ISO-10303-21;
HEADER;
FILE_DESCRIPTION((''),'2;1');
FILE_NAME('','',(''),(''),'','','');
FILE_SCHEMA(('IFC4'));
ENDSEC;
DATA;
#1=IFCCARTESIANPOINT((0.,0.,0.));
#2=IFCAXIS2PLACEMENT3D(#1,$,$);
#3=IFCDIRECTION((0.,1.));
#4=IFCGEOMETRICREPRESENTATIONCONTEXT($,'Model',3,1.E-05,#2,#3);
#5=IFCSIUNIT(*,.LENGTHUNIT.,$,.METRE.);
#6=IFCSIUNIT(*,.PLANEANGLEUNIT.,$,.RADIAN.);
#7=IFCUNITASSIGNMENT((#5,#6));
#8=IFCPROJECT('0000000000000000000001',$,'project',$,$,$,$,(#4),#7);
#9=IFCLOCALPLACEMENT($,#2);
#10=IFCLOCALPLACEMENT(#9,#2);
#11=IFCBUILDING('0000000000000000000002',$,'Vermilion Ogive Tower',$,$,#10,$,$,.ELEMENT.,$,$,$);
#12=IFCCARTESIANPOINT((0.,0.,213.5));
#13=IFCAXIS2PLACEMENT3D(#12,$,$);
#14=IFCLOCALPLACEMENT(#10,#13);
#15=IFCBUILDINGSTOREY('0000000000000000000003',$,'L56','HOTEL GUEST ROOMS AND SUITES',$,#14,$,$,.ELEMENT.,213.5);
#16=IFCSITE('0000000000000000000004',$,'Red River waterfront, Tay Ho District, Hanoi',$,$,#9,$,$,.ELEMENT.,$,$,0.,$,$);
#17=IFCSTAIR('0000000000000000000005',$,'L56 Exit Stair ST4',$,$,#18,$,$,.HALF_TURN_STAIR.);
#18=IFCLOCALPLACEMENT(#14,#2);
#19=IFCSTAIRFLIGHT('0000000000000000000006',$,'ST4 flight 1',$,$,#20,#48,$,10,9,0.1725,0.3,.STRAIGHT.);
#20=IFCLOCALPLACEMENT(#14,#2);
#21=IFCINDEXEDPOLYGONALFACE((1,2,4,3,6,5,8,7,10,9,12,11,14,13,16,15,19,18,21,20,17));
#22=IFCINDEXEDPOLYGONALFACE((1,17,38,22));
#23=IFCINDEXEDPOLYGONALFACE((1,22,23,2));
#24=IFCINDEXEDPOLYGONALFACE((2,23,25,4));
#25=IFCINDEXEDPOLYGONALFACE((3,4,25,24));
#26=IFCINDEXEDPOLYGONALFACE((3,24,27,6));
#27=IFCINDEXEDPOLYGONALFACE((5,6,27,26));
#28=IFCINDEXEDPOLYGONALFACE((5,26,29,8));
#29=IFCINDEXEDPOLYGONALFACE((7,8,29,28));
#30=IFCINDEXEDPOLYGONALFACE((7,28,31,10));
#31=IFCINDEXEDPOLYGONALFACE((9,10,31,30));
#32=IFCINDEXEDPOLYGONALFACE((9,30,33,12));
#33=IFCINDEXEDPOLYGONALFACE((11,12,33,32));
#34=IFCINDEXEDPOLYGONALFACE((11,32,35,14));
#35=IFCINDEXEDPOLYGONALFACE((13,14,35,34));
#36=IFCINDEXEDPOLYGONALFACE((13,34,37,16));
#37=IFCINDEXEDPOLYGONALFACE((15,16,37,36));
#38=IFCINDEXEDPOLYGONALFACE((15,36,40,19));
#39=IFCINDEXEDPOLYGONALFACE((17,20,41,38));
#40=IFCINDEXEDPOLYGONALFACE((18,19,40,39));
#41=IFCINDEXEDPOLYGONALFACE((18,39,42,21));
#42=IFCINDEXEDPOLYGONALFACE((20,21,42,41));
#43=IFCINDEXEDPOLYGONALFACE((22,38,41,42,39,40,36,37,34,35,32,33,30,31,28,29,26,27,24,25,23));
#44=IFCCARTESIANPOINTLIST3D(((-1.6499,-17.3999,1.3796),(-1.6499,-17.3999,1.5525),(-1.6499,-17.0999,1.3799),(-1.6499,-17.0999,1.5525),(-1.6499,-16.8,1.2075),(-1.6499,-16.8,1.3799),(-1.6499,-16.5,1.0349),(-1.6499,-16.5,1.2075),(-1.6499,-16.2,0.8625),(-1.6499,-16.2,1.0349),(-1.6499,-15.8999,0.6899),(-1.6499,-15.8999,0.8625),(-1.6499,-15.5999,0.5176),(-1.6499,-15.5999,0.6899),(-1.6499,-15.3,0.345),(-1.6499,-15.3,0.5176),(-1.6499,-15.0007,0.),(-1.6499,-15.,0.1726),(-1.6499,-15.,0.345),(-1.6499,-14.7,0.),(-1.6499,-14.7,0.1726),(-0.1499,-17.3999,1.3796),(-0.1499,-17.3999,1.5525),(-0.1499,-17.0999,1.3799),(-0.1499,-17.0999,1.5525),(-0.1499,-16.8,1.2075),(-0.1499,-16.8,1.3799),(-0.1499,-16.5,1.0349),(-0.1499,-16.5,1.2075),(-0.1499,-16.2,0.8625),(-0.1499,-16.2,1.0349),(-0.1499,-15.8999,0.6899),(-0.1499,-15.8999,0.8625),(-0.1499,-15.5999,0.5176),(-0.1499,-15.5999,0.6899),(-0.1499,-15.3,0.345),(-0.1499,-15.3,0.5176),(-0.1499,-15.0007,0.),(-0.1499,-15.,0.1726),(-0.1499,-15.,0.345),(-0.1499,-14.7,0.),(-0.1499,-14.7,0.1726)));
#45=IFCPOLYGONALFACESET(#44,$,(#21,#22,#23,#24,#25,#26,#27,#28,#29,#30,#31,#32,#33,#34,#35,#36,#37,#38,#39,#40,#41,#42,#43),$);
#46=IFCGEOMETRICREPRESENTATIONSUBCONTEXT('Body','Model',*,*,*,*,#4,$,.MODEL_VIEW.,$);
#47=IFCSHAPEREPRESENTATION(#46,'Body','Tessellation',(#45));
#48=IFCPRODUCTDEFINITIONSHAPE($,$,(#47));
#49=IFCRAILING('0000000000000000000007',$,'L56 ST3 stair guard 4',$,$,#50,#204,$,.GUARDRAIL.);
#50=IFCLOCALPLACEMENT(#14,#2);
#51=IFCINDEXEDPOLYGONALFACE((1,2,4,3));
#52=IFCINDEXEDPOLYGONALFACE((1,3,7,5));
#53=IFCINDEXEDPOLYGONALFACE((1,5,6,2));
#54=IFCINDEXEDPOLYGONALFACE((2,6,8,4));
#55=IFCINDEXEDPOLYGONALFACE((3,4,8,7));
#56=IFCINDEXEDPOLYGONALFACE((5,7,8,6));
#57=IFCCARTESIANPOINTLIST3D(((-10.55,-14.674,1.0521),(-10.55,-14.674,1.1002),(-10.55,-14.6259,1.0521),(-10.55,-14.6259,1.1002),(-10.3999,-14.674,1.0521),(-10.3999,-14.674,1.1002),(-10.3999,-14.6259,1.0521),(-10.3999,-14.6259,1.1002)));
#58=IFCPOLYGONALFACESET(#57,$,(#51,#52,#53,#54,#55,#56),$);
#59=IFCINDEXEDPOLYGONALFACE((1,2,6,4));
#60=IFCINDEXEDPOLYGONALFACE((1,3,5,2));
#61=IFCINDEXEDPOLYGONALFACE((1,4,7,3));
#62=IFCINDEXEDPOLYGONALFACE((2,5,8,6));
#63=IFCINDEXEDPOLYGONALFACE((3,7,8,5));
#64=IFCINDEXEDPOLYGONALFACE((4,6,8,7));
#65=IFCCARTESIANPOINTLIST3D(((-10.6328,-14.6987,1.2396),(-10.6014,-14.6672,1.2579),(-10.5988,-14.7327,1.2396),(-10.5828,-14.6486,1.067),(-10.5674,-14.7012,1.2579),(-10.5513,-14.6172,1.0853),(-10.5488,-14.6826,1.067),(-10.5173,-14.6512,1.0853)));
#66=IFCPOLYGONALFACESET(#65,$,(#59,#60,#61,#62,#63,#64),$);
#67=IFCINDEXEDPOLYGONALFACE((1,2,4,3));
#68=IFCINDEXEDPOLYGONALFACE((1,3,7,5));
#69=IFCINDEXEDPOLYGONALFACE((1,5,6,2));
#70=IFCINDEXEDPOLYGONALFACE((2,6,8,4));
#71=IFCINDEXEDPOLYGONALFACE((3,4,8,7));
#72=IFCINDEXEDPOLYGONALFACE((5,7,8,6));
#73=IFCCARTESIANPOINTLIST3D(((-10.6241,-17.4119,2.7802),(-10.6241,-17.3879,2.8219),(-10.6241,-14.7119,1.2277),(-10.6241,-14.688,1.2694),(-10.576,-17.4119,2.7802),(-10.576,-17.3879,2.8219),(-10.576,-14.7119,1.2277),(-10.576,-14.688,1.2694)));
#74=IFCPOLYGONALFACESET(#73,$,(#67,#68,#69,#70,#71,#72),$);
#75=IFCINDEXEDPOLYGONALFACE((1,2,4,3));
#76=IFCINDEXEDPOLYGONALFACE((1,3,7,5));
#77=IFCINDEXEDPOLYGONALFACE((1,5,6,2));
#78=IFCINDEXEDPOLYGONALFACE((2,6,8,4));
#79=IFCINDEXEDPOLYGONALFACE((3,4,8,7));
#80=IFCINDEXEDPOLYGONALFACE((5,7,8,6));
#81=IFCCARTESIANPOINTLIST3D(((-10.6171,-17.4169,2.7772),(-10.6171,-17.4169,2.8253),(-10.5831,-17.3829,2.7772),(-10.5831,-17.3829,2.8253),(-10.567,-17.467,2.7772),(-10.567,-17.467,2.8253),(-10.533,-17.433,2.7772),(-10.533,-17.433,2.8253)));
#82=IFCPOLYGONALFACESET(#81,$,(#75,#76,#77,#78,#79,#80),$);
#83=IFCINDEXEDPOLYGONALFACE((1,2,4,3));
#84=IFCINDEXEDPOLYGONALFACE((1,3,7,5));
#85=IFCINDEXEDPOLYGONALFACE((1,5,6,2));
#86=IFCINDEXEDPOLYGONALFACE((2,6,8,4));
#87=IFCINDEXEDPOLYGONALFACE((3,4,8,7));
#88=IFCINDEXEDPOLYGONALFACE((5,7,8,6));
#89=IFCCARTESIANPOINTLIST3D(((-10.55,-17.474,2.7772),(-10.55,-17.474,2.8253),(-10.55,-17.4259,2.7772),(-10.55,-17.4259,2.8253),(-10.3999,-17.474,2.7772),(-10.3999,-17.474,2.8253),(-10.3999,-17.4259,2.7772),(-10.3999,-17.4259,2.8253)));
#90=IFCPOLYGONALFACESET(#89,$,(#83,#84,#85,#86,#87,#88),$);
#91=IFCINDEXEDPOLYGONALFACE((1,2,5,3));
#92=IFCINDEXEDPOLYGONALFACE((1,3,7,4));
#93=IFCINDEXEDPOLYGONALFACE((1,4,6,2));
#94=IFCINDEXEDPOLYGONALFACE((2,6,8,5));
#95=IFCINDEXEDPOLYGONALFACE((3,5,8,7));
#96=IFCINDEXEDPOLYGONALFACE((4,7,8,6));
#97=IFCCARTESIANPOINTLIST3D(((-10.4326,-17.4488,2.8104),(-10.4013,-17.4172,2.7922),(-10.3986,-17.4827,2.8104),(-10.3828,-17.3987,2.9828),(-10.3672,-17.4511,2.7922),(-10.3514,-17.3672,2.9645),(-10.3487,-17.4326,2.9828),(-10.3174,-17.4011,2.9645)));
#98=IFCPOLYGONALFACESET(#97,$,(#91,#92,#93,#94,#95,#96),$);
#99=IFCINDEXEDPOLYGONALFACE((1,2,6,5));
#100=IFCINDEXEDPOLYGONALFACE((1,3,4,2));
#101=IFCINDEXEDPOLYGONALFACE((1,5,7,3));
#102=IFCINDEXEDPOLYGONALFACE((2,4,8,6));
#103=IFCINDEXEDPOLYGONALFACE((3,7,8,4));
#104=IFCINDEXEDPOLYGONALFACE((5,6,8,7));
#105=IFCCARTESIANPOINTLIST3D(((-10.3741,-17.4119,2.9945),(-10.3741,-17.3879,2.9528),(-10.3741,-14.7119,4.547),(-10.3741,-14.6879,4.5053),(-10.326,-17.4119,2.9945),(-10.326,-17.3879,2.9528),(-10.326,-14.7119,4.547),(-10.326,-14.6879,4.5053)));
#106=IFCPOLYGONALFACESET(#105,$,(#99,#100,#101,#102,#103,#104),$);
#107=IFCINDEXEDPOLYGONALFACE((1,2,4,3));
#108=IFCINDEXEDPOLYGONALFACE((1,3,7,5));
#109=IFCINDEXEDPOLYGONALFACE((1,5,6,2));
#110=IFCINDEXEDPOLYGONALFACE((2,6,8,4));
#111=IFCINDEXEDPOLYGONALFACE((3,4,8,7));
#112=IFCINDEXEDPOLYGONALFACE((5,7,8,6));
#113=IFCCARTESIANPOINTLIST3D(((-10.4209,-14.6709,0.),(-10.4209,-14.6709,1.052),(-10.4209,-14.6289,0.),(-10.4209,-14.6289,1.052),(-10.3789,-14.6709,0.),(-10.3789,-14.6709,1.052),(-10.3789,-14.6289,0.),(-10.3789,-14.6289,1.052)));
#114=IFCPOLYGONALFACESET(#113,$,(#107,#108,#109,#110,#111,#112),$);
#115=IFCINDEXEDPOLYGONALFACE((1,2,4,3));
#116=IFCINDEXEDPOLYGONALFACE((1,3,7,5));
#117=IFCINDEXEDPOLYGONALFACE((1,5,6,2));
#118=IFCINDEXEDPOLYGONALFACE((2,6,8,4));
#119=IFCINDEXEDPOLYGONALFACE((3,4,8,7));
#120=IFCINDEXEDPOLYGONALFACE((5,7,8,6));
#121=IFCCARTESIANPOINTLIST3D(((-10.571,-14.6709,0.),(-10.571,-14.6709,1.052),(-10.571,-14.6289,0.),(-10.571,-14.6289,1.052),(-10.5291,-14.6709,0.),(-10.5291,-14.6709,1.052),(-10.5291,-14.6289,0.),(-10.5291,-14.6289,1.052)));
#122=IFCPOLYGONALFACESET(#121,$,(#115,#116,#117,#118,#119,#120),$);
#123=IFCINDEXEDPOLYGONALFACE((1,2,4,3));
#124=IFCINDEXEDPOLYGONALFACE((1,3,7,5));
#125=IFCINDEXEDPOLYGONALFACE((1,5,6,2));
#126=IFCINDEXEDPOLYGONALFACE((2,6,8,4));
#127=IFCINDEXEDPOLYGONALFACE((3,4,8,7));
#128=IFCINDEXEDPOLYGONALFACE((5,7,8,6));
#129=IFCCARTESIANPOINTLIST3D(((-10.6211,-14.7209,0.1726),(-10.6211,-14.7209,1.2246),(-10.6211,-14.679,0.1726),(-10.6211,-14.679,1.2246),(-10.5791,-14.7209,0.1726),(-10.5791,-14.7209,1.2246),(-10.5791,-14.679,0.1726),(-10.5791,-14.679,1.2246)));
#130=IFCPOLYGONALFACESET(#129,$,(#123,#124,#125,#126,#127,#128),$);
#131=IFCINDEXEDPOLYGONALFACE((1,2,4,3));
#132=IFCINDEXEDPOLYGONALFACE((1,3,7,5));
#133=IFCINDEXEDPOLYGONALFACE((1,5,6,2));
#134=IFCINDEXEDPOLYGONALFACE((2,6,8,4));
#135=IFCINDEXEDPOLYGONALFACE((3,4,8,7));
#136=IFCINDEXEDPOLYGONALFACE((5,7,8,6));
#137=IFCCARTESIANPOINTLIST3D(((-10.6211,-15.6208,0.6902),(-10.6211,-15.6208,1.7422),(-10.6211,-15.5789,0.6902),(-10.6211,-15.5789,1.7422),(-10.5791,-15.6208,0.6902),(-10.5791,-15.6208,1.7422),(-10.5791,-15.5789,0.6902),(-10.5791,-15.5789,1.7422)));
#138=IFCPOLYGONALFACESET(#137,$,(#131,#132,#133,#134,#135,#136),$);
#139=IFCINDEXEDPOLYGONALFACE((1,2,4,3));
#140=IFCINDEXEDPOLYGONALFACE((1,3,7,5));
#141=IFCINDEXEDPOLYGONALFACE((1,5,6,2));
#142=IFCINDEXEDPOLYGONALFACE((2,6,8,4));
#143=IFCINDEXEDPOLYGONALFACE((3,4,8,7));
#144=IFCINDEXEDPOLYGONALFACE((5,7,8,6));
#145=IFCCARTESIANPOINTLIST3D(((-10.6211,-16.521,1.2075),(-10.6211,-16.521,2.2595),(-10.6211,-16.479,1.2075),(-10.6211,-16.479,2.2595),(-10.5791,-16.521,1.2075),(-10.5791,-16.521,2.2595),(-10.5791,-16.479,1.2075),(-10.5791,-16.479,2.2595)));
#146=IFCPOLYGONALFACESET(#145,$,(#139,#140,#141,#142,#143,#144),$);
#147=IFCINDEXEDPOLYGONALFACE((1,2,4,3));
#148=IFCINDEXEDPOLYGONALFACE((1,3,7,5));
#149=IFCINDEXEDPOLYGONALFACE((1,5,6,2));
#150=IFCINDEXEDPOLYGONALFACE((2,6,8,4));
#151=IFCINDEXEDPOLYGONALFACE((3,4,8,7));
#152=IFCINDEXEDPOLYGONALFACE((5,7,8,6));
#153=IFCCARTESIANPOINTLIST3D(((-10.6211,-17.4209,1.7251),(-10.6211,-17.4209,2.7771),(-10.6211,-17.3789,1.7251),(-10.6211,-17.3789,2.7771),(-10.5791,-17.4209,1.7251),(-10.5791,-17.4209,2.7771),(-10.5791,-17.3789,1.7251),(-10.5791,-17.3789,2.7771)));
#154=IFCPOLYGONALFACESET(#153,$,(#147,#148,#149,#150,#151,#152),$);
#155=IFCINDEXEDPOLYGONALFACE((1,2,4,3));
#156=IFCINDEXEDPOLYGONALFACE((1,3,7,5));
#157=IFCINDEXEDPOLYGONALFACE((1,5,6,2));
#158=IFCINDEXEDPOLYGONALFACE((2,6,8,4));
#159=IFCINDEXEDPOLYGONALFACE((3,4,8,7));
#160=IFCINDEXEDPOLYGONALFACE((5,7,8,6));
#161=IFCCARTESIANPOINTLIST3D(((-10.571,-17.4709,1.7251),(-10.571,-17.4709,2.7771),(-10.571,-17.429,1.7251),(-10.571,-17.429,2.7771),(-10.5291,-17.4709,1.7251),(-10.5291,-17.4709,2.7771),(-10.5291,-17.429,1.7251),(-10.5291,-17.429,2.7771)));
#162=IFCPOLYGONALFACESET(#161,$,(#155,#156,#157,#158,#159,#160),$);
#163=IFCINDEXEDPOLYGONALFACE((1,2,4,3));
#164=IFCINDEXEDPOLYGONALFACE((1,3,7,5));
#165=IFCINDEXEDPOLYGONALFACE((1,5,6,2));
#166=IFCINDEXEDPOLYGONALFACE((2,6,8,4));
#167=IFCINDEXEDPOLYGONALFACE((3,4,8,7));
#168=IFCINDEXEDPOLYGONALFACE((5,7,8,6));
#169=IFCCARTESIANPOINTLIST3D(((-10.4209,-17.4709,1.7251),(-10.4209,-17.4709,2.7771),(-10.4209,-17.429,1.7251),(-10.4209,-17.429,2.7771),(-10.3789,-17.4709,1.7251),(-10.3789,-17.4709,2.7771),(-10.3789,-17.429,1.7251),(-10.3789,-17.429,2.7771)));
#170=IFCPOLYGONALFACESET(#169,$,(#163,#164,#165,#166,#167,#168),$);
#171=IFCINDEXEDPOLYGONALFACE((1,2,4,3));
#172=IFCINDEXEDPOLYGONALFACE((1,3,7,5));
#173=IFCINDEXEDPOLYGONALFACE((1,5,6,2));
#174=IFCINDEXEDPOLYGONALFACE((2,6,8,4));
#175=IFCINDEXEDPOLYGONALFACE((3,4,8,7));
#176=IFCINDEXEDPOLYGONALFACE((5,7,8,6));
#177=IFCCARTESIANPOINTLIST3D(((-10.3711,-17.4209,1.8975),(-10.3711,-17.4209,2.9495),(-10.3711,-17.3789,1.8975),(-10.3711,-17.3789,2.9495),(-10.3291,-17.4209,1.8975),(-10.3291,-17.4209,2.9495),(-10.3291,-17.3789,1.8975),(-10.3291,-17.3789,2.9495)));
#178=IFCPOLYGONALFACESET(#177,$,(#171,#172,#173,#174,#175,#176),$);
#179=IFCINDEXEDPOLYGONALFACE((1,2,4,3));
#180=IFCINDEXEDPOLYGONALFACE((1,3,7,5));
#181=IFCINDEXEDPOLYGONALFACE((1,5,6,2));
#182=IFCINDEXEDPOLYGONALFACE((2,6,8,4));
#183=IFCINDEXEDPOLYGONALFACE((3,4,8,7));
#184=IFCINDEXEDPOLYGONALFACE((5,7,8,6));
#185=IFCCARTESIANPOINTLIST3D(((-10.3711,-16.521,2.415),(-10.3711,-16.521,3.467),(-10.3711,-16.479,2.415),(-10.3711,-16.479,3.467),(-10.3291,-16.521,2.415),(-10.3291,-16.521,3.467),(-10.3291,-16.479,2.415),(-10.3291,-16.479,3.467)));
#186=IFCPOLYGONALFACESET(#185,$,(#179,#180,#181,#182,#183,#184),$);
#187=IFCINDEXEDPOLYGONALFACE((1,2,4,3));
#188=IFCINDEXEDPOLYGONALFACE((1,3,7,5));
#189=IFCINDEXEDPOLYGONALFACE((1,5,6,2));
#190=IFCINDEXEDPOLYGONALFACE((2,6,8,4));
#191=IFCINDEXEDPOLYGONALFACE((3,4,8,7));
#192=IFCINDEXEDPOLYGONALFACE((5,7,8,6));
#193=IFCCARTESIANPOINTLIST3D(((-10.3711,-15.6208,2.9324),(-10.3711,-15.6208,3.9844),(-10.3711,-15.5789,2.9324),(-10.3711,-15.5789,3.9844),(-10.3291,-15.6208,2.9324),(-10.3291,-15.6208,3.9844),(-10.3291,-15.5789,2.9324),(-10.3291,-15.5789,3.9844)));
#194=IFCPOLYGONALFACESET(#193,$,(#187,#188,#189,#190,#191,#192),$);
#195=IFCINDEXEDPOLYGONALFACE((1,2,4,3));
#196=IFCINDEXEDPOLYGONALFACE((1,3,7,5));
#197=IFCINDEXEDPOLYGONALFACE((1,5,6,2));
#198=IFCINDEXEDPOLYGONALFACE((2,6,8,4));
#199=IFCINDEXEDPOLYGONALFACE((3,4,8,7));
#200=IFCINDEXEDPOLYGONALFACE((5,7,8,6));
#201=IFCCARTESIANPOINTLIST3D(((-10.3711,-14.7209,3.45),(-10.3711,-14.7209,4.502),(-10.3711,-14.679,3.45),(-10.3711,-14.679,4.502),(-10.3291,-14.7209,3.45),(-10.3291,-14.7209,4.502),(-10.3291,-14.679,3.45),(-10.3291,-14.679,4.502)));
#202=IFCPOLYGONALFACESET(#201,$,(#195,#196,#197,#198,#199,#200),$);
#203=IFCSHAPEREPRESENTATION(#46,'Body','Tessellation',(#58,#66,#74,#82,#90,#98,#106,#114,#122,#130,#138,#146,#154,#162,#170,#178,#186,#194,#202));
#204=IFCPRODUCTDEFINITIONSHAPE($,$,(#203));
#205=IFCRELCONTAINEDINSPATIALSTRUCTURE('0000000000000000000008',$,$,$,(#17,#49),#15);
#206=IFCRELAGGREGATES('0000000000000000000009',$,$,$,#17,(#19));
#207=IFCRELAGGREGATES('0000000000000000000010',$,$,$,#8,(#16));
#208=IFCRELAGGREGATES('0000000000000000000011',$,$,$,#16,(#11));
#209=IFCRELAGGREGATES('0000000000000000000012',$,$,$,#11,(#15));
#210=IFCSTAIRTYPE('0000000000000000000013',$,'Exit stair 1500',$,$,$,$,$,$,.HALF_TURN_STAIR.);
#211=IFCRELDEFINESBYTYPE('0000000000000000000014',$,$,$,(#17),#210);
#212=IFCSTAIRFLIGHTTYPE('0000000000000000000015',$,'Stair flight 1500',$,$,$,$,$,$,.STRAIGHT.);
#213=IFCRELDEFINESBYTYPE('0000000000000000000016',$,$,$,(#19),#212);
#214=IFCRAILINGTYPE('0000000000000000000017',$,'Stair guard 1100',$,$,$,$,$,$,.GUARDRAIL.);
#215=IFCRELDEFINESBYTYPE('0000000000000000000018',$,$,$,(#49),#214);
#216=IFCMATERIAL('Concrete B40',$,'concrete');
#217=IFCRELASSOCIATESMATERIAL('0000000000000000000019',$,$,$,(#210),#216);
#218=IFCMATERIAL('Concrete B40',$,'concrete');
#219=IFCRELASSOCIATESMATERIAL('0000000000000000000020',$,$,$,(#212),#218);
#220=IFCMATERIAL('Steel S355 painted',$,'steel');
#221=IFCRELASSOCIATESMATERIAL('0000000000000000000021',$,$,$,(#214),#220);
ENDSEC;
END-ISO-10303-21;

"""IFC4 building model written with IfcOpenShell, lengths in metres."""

from ifc_helpers import new_model, si_unit, direction, frame, origin, origin_2d, place, context, subcontext, project, spatial, polyline, rectangle, outline, extrude, material, type_object, element, aggregate, save


model = new_model("IFC4")

# Units and contexts
model_context = context("Model", 3, precision=1e-05, world=origin(), true_north=direction((0.0, 1.0)))
body_context = subcontext(model_context, "Body", "Model", "MODEL_VIEW")
ifc_project = project(units=[si_unit("LENGTHUNIT", "METRE"), si_unit("PLANEANGLEUNIT", "RADIAN")], contexts=[model_context])

# Site, building, storey
site_placement = place(None, origin())
site = spatial("IfcSite", under=ifc_project, at=site_placement, Name="Red River waterfront, Tay Ho District, Hanoi", CompositionType="ELEMENT", RefElevation=0.0)
building_placement = place(site_placement, origin())
building = spatial("IfcBuilding", under=site, at=building_placement, Name="Vermilion Ogive Tower", CompositionType="ELEMENT")
storey_placement = place(building_placement, frame((0.0, 0.0, 213.5)))
storey = spatial("IfcBuildingStorey", under=building, at=storey_placement, Name="L56", Description="HOTEL GUEST ROOMS AND SUITES", CompositionType="ELEMENT", Elevation=213.5)

# Shared definitions
ifc_material_1 = material(Name="Concrete B40", Category="concrete")
stair_type = type_object("IfcStairType", Name="Exit stair 1500", PredefinedType="HALF_TURN_STAIR", material=ifc_material_1)
ifc_material_2 = material(Name="Concrete B40", Category="concrete")
stair_flight_type = type_object("IfcStairFlightType", Name="Stair flight 1500", PredefinedType="STRAIGHT", material=ifc_material_2)

# Stair, stair flight
stair_1_placement = place(storey_placement, origin())
stair_1 = element("IfcStair", 1, at=stair_1_placement, inside=storey, type_object=stair_type, Name="L56 Exit Stair ST4", PredefinedType="HALF_TURN_STAIR")
stair_flight_1_placement = place(storey_placement, frame((-0.8999, -14.7, 0.0), z_axis=(0.0, 0.0, 1.0), x_axis=(0.0, -1.0, 0.0)))
stair_flight_1 = element("IfcStairFlight", 2, at=stair_flight_1_placement, type_object=stair_flight_type, Name="ST4 flight 1", NumberOfRisers=10, NumberOfTreads=9, PredefinedType="STRAIGHT", RiserHeight=0.1725, TreadLength=0.3, context=body_context, shape_type="SweptSolid", body=[
    extrude(outline(polyline([(0.0, 0.0), (0.0, 0.1726), (0.3, 0.1726), (0.3, 0.345), (0.6001, 0.345), (0.6001, 0.5176), (0.8999, 0.5176), (0.8999, 0.6899), (1.2, 0.6899), (1.2, 0.8625), (1.5, 0.8625), (1.5, 1.0349), (1.8, 1.0349), (1.8, 1.2075), (2.1001, 1.2075), (2.1001, 1.3799), (2.3999, 1.3799), (2.3999, 1.5525), (2.7, 1.5525), (2.7, 1.7251), (2.7, 1.3796), (0.3008, 0.0), (0.0, 0.0)])), frame((0.0, 0.75, 0.0), z_axis=(0.0, -1.0, 0.0), x_axis=(1.0, 0.0, 0.0)), (0.0, 0.0, 1.0), 1.5),
])
aggregate(stair_1, [stair_flight_1])

# Railing
ifc_material_3 = material(Name="Steel S355 painted", Category="steel")
railing_type_1 = type_object("IfcRailingType", Name="Stair guard 1100", PredefinedType="GUARDRAIL", material=ifc_material_3)
railing_1_placement = place(storey_placement, frame((-10.3999, -14.6499, 0.0)))
element("IfcRailing", 3, at=railing_1_placement, inside=storey, type_object=railing_type_1, Name="L56 ST3 stair guard 4", PredefinedType="GUARDRAIL", context=body_context, shape_type="SweptSolid", body=[
    extrude(rectangle(XDim=0.0481, YDim=0.0481, at=origin_2d()), frame((0.0, 0.0, 1.0762), z_axis=(-1.0, 0.0, 0.0), x_axis=(0.0, -1.0, 0.0)), (0.0, 0.0, 1.0), 0.1501),
    extrude(rectangle(XDim=0.0481, YDim=0.0481, at=origin_2d()), frame((-0.1501, 0.0, 1.0762), z_axis=(-0.268278, -0.268278, 0.925232), x_axis=(0.707107, -0.707107, 0.0)), (0.0, 0.0, 1.0), 0.1865),
    extrude(rectangle(XDim=0.0481, YDim=0.0481, at=origin_2d()), frame((-0.2002, -0.05, 1.2485), z_axis=(0.0, -0.866904, 0.498476), x_axis=(1.0, 0.0, 0.0)), (0.0, 0.0, 1.0), 3.1145),
    extrude(rectangle(XDim=0.0481, YDim=0.0481, at=origin_2d()), frame((-0.2002, -2.75, 2.8013), z_axis=(0.707107, -0.707107, 0.0), x_axis=(0.707107, 0.707107, 0.0)), (0.0, 0.0, 1.0), 0.0708),
    extrude(rectangle(XDim=0.0481, YDim=0.0481, at=origin_2d()), frame((-0.1501, -2.8, 2.8013), z_axis=(1.0, 0.0, 0.0), x_axis=(0.0, 1.0, 0.0)), (0.0, 0.0, 1.0), 0.1501),
    extrude(rectangle(XDim=0.0481, YDim=0.0481, at=origin_2d()), frame((0.0, -2.8, 2.8013), z_axis=(0.267387, 0.268698, 0.925368), x_axis=(-0.708834, 0.705376, 0.0)), (0.0, 0.0, 1.0), 0.1863),
    extrude(rectangle(XDim=0.0481, YDim=0.0481, at=origin_2d()), frame((0.0498, -2.75, 2.9736), z_axis=(0.0, 0.866904, 0.498476), x_axis=(-1.0, 0.0, 0.0)), (0.0, 0.0, 1.0), 3.1145),
    extrude(rectangle(XDim=0.042, YDim=0.042, at=origin_2d()), origin(), (0.0, 0.0, 1.0), 1.052),
    extrude(rectangle(XDim=0.042, YDim=0.042, at=origin_2d()), frame((-0.1501, 0.0, 0.0)), (0.0, 0.0, 1.0), 1.052),
    extrude(rectangle(XDim=0.042, YDim=0.042, at=origin_2d()), frame((-0.2002, -0.05, 0.1726)), (0.0, 0.0, 1.0), 1.052),
    extrude(rectangle(XDim=0.042, YDim=0.042, at=origin_2d()), frame((-0.2002, -0.95, 0.6902)), (0.0, 0.0, 1.0), 1.052),
    extrude(rectangle(XDim=0.042, YDim=0.042, at=origin_2d()), frame((-0.2002, -1.8501, 1.2075)), (0.0, 0.0, 1.0), 1.052),
    extrude(rectangle(XDim=0.042, YDim=0.042, at=origin_2d()), frame((-0.2002, -2.75, 1.7251)), (0.0, 0.0, 1.0), 1.052),
    extrude(rectangle(XDim=0.042, YDim=0.042, at=origin_2d()), frame((-0.1501, -2.8, 1.7251)), (0.0, 0.0, 1.0), 1.052),
    extrude(rectangle(XDim=0.042, YDim=0.042, at=origin_2d()), frame((0.0, -2.8, 1.7251)), (0.0, 0.0, 1.0), 1.052),
    extrude(rectangle(XDim=0.042, YDim=0.042, at=origin_2d()), frame((0.0498, -2.75, 1.8975)), (0.0, 0.0, 1.0), 1.052),
    extrude(rectangle(XDim=0.042, YDim=0.042, at=origin_2d()), frame((0.0498, -1.8501, 2.415)), (0.0, 0.0, 1.0), 1.052),
    extrude(rectangle(XDim=0.042, YDim=0.042, at=origin_2d()), frame((0.0498, -0.95, 2.9324)), (0.0, 0.0, 1.0), 1.052),
    extrude(rectangle(XDim=0.042, YDim=0.042, at=origin_2d()), frame((0.0498, -0.05, 3.45)), (0.0, 0.0, 1.0), 1.052),
])

save(model, "model.ifc")
